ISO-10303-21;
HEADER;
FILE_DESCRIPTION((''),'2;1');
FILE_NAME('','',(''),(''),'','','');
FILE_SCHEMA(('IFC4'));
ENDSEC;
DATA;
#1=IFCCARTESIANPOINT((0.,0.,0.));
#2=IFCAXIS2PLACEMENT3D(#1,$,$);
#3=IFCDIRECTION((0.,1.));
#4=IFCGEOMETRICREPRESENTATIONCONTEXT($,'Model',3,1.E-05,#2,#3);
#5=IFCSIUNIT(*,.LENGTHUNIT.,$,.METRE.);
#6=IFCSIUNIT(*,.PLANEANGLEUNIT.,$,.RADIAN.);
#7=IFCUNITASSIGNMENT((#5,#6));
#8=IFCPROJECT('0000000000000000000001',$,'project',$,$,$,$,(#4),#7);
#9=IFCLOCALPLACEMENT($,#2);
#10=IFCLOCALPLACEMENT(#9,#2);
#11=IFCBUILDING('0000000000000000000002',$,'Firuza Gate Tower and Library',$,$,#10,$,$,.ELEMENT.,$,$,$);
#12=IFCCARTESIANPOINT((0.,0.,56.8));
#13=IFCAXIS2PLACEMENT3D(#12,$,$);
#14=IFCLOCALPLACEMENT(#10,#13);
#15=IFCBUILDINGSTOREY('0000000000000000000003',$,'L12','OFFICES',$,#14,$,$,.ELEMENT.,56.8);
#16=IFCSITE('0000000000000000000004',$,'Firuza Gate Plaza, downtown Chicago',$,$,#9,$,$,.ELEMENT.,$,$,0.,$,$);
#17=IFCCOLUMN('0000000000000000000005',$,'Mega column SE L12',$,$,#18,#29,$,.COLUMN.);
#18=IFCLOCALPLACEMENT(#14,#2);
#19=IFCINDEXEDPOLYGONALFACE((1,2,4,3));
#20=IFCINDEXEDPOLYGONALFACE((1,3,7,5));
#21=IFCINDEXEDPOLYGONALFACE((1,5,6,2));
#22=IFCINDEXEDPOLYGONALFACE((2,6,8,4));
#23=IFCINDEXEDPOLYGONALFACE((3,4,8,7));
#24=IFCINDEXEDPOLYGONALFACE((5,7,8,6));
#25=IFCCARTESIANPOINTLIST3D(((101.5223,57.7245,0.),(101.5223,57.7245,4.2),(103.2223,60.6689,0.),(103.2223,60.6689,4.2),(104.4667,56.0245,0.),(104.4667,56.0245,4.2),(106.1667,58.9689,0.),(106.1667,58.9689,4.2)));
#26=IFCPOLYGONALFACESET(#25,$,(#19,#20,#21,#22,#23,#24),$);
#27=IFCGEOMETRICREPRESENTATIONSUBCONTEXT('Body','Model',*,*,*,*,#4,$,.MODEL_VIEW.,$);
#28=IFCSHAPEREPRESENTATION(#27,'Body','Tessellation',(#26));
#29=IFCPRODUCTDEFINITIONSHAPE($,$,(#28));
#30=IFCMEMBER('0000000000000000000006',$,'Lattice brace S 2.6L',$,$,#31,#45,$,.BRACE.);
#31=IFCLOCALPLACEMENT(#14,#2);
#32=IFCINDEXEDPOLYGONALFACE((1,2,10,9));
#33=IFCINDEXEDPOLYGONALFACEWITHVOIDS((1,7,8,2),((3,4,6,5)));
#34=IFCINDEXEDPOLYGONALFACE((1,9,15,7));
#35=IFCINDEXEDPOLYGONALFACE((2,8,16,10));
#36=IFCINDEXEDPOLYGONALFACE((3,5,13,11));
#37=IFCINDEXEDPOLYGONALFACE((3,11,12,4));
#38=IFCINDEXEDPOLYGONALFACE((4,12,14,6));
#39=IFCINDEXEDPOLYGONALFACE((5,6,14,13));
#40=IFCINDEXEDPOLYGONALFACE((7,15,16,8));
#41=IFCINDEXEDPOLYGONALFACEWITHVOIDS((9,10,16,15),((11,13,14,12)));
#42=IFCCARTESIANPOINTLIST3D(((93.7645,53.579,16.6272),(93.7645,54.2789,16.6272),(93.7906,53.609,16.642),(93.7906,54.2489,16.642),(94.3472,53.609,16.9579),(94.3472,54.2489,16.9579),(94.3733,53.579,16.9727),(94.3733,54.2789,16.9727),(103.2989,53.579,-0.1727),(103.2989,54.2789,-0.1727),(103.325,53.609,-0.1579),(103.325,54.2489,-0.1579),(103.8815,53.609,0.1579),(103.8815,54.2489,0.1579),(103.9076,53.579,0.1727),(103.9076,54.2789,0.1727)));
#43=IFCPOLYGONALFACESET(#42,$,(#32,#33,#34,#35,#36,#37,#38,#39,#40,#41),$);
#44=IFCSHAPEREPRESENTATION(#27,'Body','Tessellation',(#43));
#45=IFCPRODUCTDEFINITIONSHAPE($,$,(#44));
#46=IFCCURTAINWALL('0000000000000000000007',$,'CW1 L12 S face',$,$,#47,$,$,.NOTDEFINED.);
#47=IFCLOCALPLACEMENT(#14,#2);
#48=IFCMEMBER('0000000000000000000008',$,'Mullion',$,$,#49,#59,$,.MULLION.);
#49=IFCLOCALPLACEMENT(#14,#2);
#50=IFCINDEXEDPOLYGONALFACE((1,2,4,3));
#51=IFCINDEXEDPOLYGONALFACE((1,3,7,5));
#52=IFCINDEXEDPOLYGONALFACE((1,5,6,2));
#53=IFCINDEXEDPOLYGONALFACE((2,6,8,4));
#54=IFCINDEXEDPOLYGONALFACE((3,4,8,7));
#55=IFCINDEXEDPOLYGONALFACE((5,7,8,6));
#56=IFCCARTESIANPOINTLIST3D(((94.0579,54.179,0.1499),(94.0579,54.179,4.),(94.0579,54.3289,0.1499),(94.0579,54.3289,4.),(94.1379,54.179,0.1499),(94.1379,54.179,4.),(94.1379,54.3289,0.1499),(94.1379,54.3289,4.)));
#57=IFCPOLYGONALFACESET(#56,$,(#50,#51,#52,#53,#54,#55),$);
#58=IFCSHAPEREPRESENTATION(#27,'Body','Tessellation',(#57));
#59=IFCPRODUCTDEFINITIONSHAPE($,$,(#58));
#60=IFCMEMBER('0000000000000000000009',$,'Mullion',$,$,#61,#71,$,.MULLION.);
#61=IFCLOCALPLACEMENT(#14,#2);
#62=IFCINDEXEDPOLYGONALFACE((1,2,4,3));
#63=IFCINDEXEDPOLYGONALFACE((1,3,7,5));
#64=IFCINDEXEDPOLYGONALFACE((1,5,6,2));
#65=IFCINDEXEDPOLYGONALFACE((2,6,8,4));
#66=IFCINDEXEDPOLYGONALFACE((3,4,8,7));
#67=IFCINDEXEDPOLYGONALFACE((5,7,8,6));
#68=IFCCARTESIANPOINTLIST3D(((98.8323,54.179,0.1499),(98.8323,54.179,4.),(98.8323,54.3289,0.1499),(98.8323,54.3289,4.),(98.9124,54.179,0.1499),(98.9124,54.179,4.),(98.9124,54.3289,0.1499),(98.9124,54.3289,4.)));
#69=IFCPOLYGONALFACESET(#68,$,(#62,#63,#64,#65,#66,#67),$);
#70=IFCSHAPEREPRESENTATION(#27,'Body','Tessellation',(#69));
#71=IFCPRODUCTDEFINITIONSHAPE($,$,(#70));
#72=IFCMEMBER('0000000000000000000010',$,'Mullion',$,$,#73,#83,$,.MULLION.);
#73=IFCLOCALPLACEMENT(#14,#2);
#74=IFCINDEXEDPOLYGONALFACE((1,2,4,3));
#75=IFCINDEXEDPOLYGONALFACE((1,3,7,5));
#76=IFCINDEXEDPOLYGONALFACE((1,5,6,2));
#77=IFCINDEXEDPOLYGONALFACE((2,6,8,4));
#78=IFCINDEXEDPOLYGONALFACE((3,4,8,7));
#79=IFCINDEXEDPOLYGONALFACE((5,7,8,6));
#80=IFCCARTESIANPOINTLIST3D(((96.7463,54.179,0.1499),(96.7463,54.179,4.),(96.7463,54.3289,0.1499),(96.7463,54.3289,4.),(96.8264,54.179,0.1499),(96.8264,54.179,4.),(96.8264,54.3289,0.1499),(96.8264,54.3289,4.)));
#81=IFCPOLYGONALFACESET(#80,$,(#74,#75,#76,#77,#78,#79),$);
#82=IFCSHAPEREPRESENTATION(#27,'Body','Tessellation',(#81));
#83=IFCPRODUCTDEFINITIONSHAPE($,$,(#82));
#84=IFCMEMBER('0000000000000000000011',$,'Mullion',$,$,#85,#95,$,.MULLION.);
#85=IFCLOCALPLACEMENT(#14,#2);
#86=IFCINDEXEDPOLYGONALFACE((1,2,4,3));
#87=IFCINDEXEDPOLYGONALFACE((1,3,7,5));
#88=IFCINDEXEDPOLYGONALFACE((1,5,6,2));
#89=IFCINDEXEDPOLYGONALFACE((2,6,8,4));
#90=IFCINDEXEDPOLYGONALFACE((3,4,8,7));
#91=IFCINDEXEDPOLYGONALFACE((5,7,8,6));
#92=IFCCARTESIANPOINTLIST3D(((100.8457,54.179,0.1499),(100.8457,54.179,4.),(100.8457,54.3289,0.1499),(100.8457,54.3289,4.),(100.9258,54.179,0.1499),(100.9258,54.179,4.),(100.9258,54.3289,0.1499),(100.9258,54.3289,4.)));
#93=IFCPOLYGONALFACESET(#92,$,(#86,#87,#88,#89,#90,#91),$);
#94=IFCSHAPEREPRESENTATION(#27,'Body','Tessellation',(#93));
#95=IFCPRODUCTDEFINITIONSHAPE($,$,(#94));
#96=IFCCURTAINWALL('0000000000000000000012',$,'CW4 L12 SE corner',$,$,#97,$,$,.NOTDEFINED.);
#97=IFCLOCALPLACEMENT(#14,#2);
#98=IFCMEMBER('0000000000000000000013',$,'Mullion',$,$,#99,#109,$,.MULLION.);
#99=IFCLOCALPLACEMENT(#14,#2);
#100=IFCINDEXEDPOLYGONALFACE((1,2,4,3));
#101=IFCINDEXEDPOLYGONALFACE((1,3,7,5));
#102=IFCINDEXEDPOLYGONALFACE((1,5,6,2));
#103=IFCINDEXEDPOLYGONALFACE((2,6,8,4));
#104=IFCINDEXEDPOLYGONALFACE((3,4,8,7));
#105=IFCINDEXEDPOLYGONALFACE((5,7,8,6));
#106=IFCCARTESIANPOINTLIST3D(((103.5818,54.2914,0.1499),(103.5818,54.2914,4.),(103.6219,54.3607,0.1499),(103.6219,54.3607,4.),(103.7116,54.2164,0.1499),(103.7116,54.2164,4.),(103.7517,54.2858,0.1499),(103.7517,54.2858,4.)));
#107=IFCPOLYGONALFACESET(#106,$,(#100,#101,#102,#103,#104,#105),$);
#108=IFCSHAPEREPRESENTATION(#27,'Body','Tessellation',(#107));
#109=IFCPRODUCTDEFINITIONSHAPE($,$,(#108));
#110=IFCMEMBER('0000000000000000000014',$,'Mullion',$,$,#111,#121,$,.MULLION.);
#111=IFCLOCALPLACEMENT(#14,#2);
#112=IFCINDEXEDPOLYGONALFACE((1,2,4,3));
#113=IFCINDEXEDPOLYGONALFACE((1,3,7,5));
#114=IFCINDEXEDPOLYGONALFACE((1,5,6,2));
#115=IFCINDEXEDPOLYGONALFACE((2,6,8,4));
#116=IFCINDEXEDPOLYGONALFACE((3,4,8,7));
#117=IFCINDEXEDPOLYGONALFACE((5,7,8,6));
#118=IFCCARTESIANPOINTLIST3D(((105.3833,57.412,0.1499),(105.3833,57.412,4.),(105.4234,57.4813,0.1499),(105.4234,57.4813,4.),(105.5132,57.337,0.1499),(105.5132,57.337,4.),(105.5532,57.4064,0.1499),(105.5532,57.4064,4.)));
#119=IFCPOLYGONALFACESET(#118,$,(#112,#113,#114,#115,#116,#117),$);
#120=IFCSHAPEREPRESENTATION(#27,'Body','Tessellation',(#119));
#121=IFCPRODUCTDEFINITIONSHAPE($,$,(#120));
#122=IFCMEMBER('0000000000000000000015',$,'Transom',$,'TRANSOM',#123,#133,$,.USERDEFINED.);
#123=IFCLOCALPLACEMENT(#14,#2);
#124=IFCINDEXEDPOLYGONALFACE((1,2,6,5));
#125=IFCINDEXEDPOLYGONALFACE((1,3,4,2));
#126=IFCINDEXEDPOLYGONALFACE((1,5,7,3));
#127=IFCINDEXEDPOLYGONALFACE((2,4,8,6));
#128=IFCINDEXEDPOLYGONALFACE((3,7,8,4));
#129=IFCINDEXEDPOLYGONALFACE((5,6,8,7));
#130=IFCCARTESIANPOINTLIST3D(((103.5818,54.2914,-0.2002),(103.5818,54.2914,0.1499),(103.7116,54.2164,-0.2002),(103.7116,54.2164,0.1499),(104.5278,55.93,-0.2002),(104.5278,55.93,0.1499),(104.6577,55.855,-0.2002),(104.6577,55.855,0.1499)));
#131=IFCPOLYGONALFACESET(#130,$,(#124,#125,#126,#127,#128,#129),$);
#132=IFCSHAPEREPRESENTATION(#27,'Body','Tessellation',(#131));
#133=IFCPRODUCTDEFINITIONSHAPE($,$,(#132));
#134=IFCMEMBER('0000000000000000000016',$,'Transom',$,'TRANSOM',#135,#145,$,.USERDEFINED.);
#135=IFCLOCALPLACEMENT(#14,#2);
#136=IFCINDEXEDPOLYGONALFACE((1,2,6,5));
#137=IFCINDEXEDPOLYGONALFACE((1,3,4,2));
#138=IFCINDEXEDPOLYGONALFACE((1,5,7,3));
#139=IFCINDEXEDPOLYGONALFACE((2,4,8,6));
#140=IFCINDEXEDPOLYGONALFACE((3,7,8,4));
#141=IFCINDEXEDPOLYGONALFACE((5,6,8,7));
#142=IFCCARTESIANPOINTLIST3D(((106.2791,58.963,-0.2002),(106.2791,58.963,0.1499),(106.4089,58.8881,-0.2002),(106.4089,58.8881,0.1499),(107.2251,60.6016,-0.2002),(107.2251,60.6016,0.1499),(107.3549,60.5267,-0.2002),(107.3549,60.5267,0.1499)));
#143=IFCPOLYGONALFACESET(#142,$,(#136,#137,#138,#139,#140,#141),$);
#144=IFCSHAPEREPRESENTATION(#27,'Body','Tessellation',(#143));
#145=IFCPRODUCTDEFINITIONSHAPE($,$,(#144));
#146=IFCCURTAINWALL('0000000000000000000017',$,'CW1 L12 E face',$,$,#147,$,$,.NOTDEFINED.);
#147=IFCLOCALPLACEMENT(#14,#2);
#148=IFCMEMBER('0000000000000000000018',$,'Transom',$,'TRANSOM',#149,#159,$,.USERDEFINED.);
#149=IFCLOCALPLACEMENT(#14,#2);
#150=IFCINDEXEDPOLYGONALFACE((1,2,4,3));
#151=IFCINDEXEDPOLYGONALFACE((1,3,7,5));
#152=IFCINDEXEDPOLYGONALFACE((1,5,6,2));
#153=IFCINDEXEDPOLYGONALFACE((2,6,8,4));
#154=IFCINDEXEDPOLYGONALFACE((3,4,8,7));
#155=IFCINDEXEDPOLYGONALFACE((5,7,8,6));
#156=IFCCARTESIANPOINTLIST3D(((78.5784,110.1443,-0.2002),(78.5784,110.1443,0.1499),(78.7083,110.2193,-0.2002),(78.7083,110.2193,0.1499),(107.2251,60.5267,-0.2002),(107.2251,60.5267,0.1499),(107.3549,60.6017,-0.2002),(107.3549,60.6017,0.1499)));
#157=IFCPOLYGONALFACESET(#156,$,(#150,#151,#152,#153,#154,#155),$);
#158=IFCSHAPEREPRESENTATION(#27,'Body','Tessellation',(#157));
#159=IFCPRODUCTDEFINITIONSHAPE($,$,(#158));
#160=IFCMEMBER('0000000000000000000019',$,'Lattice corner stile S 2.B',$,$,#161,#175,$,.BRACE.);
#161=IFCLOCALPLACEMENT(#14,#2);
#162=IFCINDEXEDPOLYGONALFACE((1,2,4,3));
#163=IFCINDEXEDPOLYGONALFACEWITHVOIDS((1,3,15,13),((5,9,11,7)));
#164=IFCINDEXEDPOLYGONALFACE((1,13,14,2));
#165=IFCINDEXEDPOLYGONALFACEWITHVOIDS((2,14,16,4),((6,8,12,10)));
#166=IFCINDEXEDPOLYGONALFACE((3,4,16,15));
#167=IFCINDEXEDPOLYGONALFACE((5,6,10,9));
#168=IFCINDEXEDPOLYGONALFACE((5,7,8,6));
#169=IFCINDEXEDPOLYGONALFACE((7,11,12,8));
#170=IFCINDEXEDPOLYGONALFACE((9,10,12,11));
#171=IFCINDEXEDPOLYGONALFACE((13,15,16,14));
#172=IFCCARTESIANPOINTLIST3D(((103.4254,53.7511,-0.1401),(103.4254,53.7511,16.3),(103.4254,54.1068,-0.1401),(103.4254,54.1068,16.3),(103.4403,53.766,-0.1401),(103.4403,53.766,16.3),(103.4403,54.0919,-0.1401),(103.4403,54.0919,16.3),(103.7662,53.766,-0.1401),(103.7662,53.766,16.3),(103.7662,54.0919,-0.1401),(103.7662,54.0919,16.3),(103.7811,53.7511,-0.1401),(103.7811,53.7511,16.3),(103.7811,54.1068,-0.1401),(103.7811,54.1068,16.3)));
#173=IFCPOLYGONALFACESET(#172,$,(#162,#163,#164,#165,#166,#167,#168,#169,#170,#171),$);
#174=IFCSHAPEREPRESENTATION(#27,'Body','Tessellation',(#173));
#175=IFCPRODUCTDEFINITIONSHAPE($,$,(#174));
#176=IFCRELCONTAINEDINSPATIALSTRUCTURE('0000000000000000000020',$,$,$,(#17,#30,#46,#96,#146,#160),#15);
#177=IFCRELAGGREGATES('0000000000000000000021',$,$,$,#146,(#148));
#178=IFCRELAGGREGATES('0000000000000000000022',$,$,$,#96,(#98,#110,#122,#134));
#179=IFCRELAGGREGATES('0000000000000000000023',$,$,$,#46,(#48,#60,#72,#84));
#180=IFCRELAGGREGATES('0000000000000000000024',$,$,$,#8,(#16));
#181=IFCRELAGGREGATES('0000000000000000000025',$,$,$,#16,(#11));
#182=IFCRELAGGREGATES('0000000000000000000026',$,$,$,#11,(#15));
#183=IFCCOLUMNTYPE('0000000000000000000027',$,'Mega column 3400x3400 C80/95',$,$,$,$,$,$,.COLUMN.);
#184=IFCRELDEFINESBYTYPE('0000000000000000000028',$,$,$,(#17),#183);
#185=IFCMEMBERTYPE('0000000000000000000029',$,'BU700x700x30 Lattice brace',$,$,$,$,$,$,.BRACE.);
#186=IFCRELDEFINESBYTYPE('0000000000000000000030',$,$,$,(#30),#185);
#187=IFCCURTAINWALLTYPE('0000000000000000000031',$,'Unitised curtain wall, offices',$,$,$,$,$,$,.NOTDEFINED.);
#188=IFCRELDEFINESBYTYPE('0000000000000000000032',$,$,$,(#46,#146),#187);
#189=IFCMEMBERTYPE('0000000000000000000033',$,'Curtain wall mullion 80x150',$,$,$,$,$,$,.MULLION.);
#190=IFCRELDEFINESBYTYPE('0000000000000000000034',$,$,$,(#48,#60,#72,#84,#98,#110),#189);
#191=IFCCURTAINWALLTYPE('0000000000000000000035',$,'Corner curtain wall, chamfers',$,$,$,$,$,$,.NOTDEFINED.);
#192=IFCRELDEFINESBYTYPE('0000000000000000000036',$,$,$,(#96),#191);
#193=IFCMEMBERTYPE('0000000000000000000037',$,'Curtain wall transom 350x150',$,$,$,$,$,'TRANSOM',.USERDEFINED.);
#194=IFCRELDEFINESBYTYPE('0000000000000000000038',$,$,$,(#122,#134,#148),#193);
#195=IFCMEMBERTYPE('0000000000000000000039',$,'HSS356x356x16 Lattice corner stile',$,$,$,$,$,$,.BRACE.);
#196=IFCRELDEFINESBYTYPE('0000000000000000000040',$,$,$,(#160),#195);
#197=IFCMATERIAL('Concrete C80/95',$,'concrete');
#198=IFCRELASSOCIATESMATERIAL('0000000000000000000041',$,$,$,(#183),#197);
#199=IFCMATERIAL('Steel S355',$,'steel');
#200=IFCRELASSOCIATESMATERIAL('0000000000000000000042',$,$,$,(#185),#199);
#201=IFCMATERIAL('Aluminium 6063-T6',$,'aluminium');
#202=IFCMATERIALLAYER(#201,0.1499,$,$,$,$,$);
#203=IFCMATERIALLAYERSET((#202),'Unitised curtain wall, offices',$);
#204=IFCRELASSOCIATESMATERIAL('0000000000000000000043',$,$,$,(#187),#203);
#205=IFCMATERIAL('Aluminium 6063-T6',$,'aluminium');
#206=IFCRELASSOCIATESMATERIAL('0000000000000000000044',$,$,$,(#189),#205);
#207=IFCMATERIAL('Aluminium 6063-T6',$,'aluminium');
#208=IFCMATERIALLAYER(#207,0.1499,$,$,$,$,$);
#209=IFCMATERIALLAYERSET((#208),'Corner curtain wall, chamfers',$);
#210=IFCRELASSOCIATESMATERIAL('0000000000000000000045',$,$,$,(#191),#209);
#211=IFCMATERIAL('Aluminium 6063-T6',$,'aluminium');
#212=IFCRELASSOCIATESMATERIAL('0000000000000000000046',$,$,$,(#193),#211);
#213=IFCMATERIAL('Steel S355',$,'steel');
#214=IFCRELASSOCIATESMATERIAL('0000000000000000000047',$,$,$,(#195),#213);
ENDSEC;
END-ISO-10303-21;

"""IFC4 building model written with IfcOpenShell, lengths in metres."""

from ifc_helpers import new_model, si_unit, direction, frame, origin, origin_2d, place, context, subcontext, project, spatial, rectangle, hollow_rectangle, extrude, material, layer, layer_set, material_profile, profile_set, type_object, element, aggregate, save


model = new_model("IFC4")

# Units and contexts
model_context = context("Model", 3, precision=1e-05, world=origin(), true_north=direction((0.0, 1.0)))
body_context = subcontext(model_context, "Body", "Model", "MODEL_VIEW")
ifc_project = project(units=[si_unit("LENGTHUNIT", "METRE"), si_unit("PLANEANGLEUNIT", "RADIAN")], contexts=[model_context])

# Site, building, storey
site_placement = place(None, origin())
site = spatial("IfcSite", under=ifc_project, at=site_placement, Name="Firuza Gate Plaza, downtown Chicago", CompositionType="ELEMENT", RefElevation=0.0)
building_placement = place(site_placement, origin())
building = spatial("IfcBuilding", under=site, at=building_placement, Name="Firuza Gate Tower and Library", CompositionType="ELEMENT")
storey_placement = place(building_placement, frame((0.0, 0.0, 56.8)))
storey = spatial("IfcBuildingStorey", under=building, at=storey_placement, Name="L12", Description="OFFICES", CompositionType="ELEMENT", Elevation=56.8)

# Column
ifc_material_1 = material(Name="Concrete C80/95", Category="concrete")
ifc_material_profile_1 = material_profile(ifc_material_1, rectangle(XDim=3.3999, YDim=3.3999, at=origin_2d()))
ifc_profile_set_1 = profile_set([ifc_material_profile_1], Name="Concrete C80/95")
column_type = type_object("IfcColumnType", Name="Mega column 3400x3400 C80/95", PredefinedType="COLUMN", material=ifc_profile_set_1)
column_placement = place(storey_placement, frame((103.8445, 58.3467, 0.0), z_axis=(0.0, 0.0, 1.0), x_axis=(0.5, 0.866025, 0.0)))
element("IfcColumn", 1, at=column_placement, inside=storey, type_object=column_type, Name="Mega column SE L12", PredefinedType="COLUMN", context=body_context, shape_type="SweptSolid", body=[
    extrude(rectangle(XDim=3.3999, YDim=3.3999, at=origin_2d()), origin(), (0.0, 0.0, 1.0), 4.2),
])

# Member
ifc_material_2 = material(Name="Steel S355", Category="steel")
ifc_material_profile_2 = material_profile(ifc_material_2, hollow_rectangle(XDim=0.7, YDim=0.7, WallThickness=0.03, at=origin_2d()))
ifc_profile_set_2 = profile_set([ifc_material_profile_2], Name="Steel S355")
member_type_1 = type_object("IfcMemberType", Name="BU700x700x30 Lattice brace", PredefinedType="BRACE", material=ifc_profile_set_2)
member_1_placement = place(storey_placement, frame((103.6033, 53.929, 0.0), z_axis=(-0.493577, 0.0, 0.869702), x_axis=(0.0, -1.0, 0.0)))
element("IfcMember", 2, at=member_1_placement, inside=storey, type_object=member_type_1, Name="Lattice brace S 2.6L", PredefinedType="BRACE", context=body_context, shape_type="SweptSolid", body=[
    extrude(hollow_rectangle(XDim=0.7, YDim=0.7, WallThickness=0.03, at=origin_2d()), origin(), (0.0, 0.0, 1.0), 19.3169),
])

# Curtain walls, members
ifc_material_3 = material(Name="Aluminium 6063-T6", Category="aluminium")
ifc_layer_1 = layer(ifc_material_3, 0.1499)
ifc_layer_set_1 = layer_set([ifc_layer_1], Name="Unitised curtain wall, offices")
curtain_wall_type_1 = type_object("IfcCurtainWallType", Name="Unitised curtain wall, offices", PredefinedType="NOTDEFINED", material=ifc_layer_set_1)
placement = place(storey_placement, origin())
curtain_wall_1 = element("IfcCurtainWall", 3, at=placement, inside=storey, type_object=curtain_wall_type_1, Name="CW1 L12 S face", PredefinedType="NOTDEFINED")
ifc_material_4 = material(Name="Aluminium 6063-T6", Category="aluminium")
ifc_material_profile_3 = material_profile(ifc_material_4, rectangle(XDim=0.1499, YDim=0.0801, at=origin_2d()))
ifc_profile_set_3 = profile_set([ifc_material_profile_3], Name="Aluminium 6063-T6")
member_type_2 = type_object("IfcMemberType", Name="Curtain wall mullion 80x150", PredefinedType="MULLION", material=ifc_profile_set_3)
member_2_placement = place(storey_placement, frame((94.0979, 54.2539, 0.1499), z_axis=(0.0, 0.0, 1.0), x_axis=(0.0, 1.0, 0.0)))
member_2 = element("IfcMember", 4, at=member_2_placement, type_object=member_type_2, Name="Mullion", PredefinedType="MULLION", context=body_context, shape_type="SweptSolid", body=[
    extrude(rectangle(XDim=0.1499, YDim=0.0801, at=origin_2d()), origin(), (0.0, 0.0, 1.0), 3.8501),
])
member_3_placement = place(storey_placement, frame((98.8723, 54.2539, 0.1499), z_axis=(0.0, 0.0, 1.0), x_axis=(0.0, 1.0, 0.0)))
member_3 = element("IfcMember", 5, at=member_3_placement, type_object=member_type_2, Name="Mullion", PredefinedType="MULLION", context=body_context, shape_type="SweptSolid", body=[
    extrude(rectangle(XDim=0.1499, YDim=0.0801, at=origin_2d()), origin(), (0.0, 0.0, 1.0), 3.8501),
])
member_4_placement = place(storey_placement, frame((96.7864, 54.2539, 0.1499), z_axis=(0.0, 0.0, 1.0), x_axis=(0.0, 1.0, 0.0)))
member_4 = element("IfcMember", 6, at=member_4_placement, type_object=member_type_2, Name="Mullion", PredefinedType="MULLION", context=body_context, shape_type="SweptSolid", body=[
    extrude(rectangle(XDim=0.1499, YDim=0.0801, at=origin_2d()), origin(), (0.0, 0.0, 1.0), 3.8501),
])
member_5_placement = place(storey_placement, frame((100.8857, 54.2539, 0.1499), z_axis=(0.0, 0.0, 1.0), x_axis=(0.0, 1.0, 0.0)))
member_5 = element("IfcMember", 7, at=member_5_placement, type_object=member_type_2, Name="Mullion", PredefinedType="MULLION", context=body_context, shape_type="SweptSolid", body=[
    extrude(rectangle(XDim=0.1499, YDim=0.0801, at=origin_2d()), origin(), (0.0, 0.0, 1.0), 3.8501),
])
ifc_material_5 = material(Name="Aluminium 6063-T6", Category="aluminium")
ifc_layer_2 = layer(ifc_material_5, 0.1499)
ifc_layer_set_2 = layer_set([ifc_layer_2], Name="Corner curtain wall, chamfers")
curtain_wall_type_2 = type_object("IfcCurtainWallType", Name="Corner curtain wall, chamfers", PredefinedType="NOTDEFINED", material=ifc_layer_set_2)
curtain_wall_2 = element("IfcCurtainWall", 8, at=placement, inside=storey, type_object=curtain_wall_type_2, Name="CW4 L12 SE corner", PredefinedType="NOTDEFINED")
member_6_placement = place(storey_placement, frame((103.6667, 54.2886, 0.1499), z_axis=(0.0, 0.0, 1.0), x_axis=(-0.866025, 0.5, 0.0)))
member_6 = element("IfcMember", 9, at=member_6_placement, type_object=member_type_2, Name="Mullion", PredefinedType="MULLION", context=body_context, shape_type="SweptSolid", body=[
    extrude(rectangle(XDim=0.1499, YDim=0.0801, at=origin_2d()), origin(), (0.0, 0.0, 1.0), 3.8501),
])
member_7_placement = place(storey_placement, frame((105.4683, 57.4092, 0.1499), z_axis=(0.0, 0.0, 1.0), x_axis=(-0.866025, 0.5, 0.0)))
member_7 = element("IfcMember", 10, at=member_7_placement, type_object=member_type_2, Name="Mullion", PredefinedType="MULLION", context=body_context, shape_type="SweptSolid", body=[
    extrude(rectangle(XDim=0.1499, YDim=0.0801, at=origin_2d()), origin(), (0.0, 0.0, 1.0), 3.8501),
])
ifc_material_6 = material(Name="Aluminium 6063-T6", Category="aluminium")
ifc_material_profile_4 = material_profile(ifc_material_6, rectangle(XDim=0.1499, YDim=0.3501, at=origin_2d()))
ifc_profile_set_4 = profile_set([ifc_material_profile_4], Name="Aluminium 6063-T6")
member_type_3 = type_object("IfcMemberType", Name="Curtain wall transom 350x150", ElementType="TRANSOM", PredefinedType="USERDEFINED", material=ifc_profile_set_4)
member_8_placement = place(storey_placement, frame((103.6467, 54.2539, -0.0251), z_axis=(0.499983, 0.866035, 0.0), x_axis=(-0.866035, 0.499983, 0.0)))
member_8 = element("IfcMember", 11, at=member_8_placement, type_object=member_type_3, Name="Transom", ObjectType="TRANSOM", PredefinedType="USERDEFINED", context=body_context, shape_type="SweptSolid", body=[
    extrude(rectangle(XDim=0.1499, YDim=0.3501, at=origin_2d()), origin(), (0.0, 0.0, 1.0), 1.8921),
])
member_9_placement = place(storey_placement, frame((106.344, 58.9255, -0.0251), z_axis=(0.499983, 0.866035, 0.0), x_axis=(-0.866035, 0.499983, 0.0)))
member_9 = element("IfcMember", 12, at=member_9_placement, type_object=member_type_3, Name="Transom", ObjectType="TRANSOM", PredefinedType="USERDEFINED", context=body_context, shape_type="SweptSolid", body=[
    extrude(rectangle(XDim=0.1499, YDim=0.3501, at=origin_2d()), origin(), (0.0, 0.0, 1.0), 1.8921),
])

# Curtain wall, member
curtain_wall_3 = element("IfcCurtainWall", 13, at=placement, inside=storey, type_object=curtain_wall_type_1, Name="CW1 L12 E face", PredefinedType="NOTDEFINED")
member_10_placement = place(storey_placement, frame((107.29, 60.5642, -0.0251), z_axis=(-0.499999, 0.866026, 0.0), x_axis=(-0.866026, -0.499999, 0.0)))
member_10 = element("IfcMember", 14, at=member_10_placement, type_object=member_type_3, Name="Transom", ObjectType="TRANSOM", PredefinedType="USERDEFINED", context=body_context, shape_type="SweptSolid", body=[
    extrude(rectangle(XDim=0.1499, YDim=0.3501, at=origin_2d()), origin(), (0.0, 0.0, 1.0), 57.2935),
])
aggregate(curtain_wall_3, [member_10])

# Member
ifc_material_7 = material(Name="Steel S355", Category="steel")
ifc_material_profile_5 = material_profile(ifc_material_7, hollow_rectangle(XDim=0.3557, YDim=0.3557, WallThickness=0.0149, at=origin_2d()))
ifc_profile_set_5 = profile_set([ifc_material_profile_5], Name="Steel S355")
member_type_4 = type_object("IfcMemberType", Name="HSS356x356x16 Lattice corner stile", PredefinedType="BRACE", material=ifc_profile_set_5)
member_11_placement = place(storey_placement, frame((103.6033, 53.929, -0.1401), z_axis=(0.0, 0.0, 1.0), x_axis=(1.0, 0.0, 0.0)))
element("IfcMember", 15, at=member_11_placement, inside=storey, type_object=member_type_4, Name="Lattice corner stile S 2.B", PredefinedType="BRACE", context=body_context, shape_type="SweptSolid", body=[
    extrude(hollow_rectangle(XDim=0.3557, YDim=0.3557, WallThickness=0.0149, at=origin_2d()), origin(), (0.0, 0.0, 1.0), 16.4402),
])

aggregate(curtain_wall_2, [member_6, member_7, member_8, member_9])
aggregate(curtain_wall_1, [member_2, member_3, member_4, member_5])

save(model, "model.ifc")
